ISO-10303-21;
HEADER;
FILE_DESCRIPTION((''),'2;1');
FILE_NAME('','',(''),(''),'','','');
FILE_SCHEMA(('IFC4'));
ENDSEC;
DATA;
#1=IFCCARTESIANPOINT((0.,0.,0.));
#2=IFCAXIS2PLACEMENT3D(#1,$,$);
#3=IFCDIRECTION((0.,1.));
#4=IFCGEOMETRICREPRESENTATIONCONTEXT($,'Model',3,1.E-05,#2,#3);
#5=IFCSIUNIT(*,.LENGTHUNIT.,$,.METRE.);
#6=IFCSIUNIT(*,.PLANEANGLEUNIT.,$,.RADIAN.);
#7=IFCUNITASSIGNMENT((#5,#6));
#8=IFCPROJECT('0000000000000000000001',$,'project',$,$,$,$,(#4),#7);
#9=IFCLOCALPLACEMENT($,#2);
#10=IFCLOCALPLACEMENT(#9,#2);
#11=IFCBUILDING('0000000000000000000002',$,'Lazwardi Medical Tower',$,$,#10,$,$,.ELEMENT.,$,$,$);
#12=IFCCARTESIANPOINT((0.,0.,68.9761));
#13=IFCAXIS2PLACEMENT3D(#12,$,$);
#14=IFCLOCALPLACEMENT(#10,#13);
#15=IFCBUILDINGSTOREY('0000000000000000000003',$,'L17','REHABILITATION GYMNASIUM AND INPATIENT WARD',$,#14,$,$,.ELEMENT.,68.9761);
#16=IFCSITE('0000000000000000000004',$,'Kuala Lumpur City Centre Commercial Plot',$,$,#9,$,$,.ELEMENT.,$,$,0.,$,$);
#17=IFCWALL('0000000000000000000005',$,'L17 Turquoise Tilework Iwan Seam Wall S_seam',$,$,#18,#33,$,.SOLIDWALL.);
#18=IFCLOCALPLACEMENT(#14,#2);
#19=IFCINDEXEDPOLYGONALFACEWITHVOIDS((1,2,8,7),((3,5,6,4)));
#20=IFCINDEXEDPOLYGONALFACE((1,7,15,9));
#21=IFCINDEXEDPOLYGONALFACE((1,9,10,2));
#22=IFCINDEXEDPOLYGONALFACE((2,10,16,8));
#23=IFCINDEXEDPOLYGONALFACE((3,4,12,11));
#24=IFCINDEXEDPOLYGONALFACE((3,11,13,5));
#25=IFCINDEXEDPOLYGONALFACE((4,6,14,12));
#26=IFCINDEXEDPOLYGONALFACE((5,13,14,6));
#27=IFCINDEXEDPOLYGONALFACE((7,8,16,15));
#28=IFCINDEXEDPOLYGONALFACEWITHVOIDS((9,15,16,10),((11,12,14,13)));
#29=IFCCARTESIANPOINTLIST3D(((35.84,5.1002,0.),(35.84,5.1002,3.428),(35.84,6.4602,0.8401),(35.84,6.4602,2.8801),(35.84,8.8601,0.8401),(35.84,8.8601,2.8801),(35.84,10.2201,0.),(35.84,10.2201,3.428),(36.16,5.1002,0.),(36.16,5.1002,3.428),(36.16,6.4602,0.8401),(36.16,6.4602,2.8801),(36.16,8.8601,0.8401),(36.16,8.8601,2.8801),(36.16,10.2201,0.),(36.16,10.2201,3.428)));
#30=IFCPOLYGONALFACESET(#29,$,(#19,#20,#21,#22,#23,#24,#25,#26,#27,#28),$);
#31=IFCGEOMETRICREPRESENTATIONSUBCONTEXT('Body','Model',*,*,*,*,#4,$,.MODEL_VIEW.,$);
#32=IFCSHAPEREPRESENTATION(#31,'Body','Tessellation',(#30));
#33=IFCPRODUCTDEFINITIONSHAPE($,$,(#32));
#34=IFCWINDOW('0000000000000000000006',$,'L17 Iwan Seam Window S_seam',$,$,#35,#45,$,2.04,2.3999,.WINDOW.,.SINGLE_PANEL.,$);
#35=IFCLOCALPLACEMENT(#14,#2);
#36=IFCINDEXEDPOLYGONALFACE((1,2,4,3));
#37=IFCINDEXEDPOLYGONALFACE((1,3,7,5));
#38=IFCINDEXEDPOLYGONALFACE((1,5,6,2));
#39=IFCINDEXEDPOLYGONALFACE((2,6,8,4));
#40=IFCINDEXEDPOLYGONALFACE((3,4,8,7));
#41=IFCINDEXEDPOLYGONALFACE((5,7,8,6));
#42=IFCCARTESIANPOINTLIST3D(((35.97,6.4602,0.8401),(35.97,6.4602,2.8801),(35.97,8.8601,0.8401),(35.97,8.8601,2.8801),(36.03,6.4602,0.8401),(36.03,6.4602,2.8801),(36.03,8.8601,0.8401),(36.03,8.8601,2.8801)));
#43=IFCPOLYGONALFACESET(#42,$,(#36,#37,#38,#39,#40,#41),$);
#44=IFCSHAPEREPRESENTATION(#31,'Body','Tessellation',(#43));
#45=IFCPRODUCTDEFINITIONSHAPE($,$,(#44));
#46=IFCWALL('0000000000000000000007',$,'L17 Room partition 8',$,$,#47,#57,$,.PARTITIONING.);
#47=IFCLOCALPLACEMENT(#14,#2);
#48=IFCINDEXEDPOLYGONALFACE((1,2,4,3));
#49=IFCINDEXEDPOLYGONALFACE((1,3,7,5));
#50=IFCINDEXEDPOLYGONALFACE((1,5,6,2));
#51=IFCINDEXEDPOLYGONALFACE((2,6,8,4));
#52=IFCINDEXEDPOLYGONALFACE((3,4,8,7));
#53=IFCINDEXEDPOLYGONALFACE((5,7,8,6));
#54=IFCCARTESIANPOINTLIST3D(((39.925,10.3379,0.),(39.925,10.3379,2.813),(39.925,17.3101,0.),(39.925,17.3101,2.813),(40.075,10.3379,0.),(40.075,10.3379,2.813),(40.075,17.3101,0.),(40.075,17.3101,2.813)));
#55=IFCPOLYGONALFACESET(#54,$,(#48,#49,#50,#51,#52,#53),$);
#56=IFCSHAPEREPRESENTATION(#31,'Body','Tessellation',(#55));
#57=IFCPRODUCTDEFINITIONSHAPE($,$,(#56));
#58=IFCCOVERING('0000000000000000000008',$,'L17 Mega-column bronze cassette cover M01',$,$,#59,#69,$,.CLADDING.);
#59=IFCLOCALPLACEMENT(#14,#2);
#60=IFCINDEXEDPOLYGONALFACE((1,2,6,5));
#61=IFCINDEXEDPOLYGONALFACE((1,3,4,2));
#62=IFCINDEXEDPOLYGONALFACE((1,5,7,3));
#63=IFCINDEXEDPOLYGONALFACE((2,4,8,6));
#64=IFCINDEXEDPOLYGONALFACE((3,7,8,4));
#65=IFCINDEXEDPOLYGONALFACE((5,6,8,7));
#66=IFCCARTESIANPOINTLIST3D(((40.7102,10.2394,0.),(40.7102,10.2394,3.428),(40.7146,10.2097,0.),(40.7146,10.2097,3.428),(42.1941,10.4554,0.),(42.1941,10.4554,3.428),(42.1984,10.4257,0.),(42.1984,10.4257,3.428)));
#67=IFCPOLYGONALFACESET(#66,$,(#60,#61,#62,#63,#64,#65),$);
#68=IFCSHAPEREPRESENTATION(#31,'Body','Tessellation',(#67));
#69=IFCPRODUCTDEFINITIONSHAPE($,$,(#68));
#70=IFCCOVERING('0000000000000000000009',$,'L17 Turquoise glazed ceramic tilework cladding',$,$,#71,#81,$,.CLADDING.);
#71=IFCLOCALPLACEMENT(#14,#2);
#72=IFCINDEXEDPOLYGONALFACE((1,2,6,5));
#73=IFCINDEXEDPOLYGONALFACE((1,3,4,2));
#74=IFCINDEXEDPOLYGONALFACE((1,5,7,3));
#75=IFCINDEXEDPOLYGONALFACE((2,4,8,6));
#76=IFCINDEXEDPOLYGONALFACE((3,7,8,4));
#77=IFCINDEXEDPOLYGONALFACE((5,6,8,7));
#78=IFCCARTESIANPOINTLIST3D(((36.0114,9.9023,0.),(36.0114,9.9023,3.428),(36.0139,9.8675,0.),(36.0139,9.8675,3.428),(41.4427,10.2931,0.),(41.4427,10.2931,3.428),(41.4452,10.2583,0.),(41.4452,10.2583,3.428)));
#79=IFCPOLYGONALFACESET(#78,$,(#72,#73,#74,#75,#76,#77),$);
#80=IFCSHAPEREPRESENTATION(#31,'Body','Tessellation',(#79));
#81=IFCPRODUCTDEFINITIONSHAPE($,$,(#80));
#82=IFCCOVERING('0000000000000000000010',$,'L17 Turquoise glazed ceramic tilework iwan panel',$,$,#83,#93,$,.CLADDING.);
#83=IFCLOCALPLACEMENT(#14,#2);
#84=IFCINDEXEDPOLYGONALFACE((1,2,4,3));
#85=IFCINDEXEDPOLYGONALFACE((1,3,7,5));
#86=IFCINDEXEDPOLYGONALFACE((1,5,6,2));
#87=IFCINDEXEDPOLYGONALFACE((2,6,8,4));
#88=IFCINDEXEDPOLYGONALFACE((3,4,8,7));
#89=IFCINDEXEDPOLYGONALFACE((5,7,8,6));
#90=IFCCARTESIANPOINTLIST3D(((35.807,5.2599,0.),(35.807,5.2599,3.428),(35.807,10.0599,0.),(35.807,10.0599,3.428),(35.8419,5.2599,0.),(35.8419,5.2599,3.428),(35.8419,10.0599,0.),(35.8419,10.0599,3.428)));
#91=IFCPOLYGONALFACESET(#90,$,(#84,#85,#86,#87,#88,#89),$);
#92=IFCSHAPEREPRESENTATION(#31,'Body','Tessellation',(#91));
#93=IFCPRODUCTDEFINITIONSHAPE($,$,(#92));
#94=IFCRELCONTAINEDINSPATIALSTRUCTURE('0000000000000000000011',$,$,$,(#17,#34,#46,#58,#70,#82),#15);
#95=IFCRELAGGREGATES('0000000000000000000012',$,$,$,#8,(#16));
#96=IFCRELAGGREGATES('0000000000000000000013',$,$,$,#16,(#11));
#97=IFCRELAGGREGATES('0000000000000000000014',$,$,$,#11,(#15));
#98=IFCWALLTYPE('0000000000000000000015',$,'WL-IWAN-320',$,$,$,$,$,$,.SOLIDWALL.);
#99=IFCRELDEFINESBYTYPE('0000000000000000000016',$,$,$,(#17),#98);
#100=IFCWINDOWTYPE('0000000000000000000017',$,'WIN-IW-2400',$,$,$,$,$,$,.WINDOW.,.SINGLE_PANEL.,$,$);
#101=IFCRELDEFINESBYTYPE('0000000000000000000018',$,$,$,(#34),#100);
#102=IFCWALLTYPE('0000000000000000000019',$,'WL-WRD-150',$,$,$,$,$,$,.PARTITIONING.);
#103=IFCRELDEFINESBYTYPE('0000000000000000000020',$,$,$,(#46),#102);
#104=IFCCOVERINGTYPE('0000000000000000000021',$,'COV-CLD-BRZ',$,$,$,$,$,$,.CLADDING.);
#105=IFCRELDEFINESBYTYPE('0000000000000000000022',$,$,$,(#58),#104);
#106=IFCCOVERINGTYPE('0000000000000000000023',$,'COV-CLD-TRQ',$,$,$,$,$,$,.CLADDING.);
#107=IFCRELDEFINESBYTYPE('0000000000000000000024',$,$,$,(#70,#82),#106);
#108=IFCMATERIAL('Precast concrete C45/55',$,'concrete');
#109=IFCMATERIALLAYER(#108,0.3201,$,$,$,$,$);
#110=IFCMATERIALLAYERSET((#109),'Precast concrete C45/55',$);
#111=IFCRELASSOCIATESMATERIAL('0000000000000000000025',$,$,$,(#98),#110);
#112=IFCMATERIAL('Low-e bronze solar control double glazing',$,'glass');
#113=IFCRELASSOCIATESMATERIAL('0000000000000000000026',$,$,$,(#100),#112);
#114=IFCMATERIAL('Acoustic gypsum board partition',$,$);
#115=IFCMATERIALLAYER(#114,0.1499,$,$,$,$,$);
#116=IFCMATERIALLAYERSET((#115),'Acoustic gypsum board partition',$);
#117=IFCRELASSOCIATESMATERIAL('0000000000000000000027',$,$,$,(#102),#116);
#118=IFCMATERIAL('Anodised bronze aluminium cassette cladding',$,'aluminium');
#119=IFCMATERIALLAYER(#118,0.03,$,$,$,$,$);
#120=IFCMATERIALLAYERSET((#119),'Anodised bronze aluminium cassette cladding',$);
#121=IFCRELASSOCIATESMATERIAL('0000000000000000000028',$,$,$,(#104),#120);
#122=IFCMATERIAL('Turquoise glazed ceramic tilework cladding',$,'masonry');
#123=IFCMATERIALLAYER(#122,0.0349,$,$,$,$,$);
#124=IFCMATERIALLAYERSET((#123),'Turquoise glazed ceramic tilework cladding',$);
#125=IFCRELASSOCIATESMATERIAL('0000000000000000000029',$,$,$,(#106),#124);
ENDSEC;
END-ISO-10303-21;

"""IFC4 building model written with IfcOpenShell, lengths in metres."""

from ifc_helpers import new_model, si_unit, direction, frame, frame_2d, origin, origin_2d, place, context, subcontext, project, spatial, rectangle, extrude, material, layer, layer_set, type_object, element, fill, save


model = new_model("IFC4")

# Units and contexts
model_context = context("Model", 3, precision=1e-05, world=origin(), true_north=direction((0.0, 1.0)))
body_context = subcontext(model_context, "Body", "Model", "MODEL_VIEW")
ifc_project = project(units=[si_unit("LENGTHUNIT", "METRE"), si_unit("PLANEANGLEUNIT", "RADIAN")], contexts=[model_context])

# Site, building, storey
site_placement = place(None, origin())
site = spatial("IfcSite", under=ifc_project, at=site_placement, Name="Kuala Lumpur City Centre Commercial Plot", CompositionType="ELEMENT", RefElevation=0.0)
building_placement = place(site_placement, origin())
building = spatial("IfcBuilding", under=site, at=building_placement, Name="Lazwardi Medical Tower", CompositionType="ELEMENT")
storey_placement = place(building_placement, frame((0.0, 0.0, 68.9761)))
storey = spatial("IfcBuildingStorey", under=building, at=storey_placement, Name="L17", Description="REHABILITATION GYMNASIUM AND INPATIENT WARD", CompositionType="ELEMENT", Elevation=68.9761)

# Shared definitions
ifc_material_1 = material(Name="Low-e bronze solar control double glazing", Category="glass")

# Wall, opening, window
ifc_material_2 = material(Name="Precast concrete C45/55", Category="concrete")
ifc_layer_1 = layer(ifc_material_2, 0.3201)
ifc_layer_set_1 = layer_set([ifc_layer_1], Name="Precast concrete C45/55")
wall_type_1 = type_object("IfcWallType", Name="WL-IWAN-320", PredefinedType="SOLIDWALL", material=ifc_layer_set_1)
wall_1_placement = place(storey_placement, frame((36.0, 5.1001, 0.0), z_axis=(0.0, 0.0, 1.0), x_axis=(0.0, 1.0, 0.0)))
wall_1 = element("IfcWall", 1, at=wall_1_placement, inside=storey, type_object=wall_type_1, Name="L17 Turquoise Tilework Iwan Seam Wall S_seam", PredefinedType="SOLIDWALL", context=body_context, shape_type="SweptSolid", body=[
    extrude(rectangle(XDim=5.1199, YDim=0.3201, at=frame_2d((2.5601, 0.0))), origin(), (0.0, 0.0, 1.0), 3.428),
])
opening_1_placement = place(wall_1_placement, frame((1.3601, 0.0, 0.8401)))
opening_1 = element("IfcOpeningElement", 2, at=opening_1_placement, cuts=wall_1, PredefinedType="OPENING", context=body_context, shape_type="SweptSolid", body=[
    extrude(rectangle(XDim=2.3999, YDim=2.04, at=frame_2d((1.2, 1.02))), frame((0.0, 0.1699, 0.0), z_axis=(0.0, -1.0, 0.0), x_axis=(1.0, 0.0, 0.0)), (0.0, 0.0, 1.0), 0.3401),
])
window_type_1 = type_object("IfcWindowType", Name="WIN-IW-2400", PartitioningType="SINGLE_PANEL", PredefinedType="WINDOW", material=ifc_material_1)
window_1_placement = place(opening_1_placement, origin())
window_1 = element("IfcWindow", 3, at=window_1_placement, inside=storey, type_object=window_type_1, Name="L17 Iwan Seam Window S_seam", OverallHeight=2.04, OverallWidth=2.3999, PartitioningType="SINGLE_PANEL", PredefinedType="WINDOW", context=body_context, shape_type="SweptSolid", body=[
    extrude(rectangle(XDim=2.3999, YDim=2.04, at=frame_2d((1.2, 1.02))), frame((0.0, 0.03, 0.0), z_axis=(0.0, -1.0, 0.0), x_axis=(1.0, 0.0, 0.0)), (0.0, 0.0, 1.0), 0.0601),
])
fill(opening_1, window_1)

# Wall
ifc_material_3 = material(Name="Acoustic gypsum board partition")
ifc_layer_2 = layer(ifc_material_3, 0.1499)
ifc_layer_set_2 = layer_set([ifc_layer_2], Name="Acoustic gypsum board partition")
wall_type_2 = type_object("IfcWallType", Name="WL-WRD-150", PredefinedType="PARTITIONING", material=ifc_layer_set_2)
wall_2_placement = place(storey_placement, frame((40.0, 10.3379, 0.0), z_axis=(0.0, 0.0, 1.0), x_axis=(0.0, 1.0, 0.0)))
element("IfcWall", 4, at=wall_2_placement, inside=storey, type_object=wall_type_2, Name="L17 Room partition 8", PredefinedType="PARTITIONING", context=body_context, shape_type="SweptSolid", body=[
    extrude(rectangle(XDim=6.9722, YDim=0.1499, at=frame_2d((3.4861, 0.0))), origin(), (0.0, 0.0, 1.0), 2.813),
])

# Coverings
ifc_material_4 = material(Name="Anodised bronze aluminium cassette cladding", Category="aluminium")
ifc_layer_3 = layer(ifc_material_4, 0.03)
ifc_layer_set_3 = layer_set([ifc_layer_3], Name="Anodised bronze aluminium cassette cladding")
covering_type_1 = type_object("IfcCoveringType", Name="COV-CLD-BRZ", PredefinedType="CLADDING", material=ifc_layer_set_3)
covering_1_placement = place(storey_placement, frame((41.4543, 10.3325, 0.0), z_axis=(0.0, 0.0, 1.0), x_axis=(0.989573, 0.144035, 0.0)))
element("IfcCovering", 5, at=covering_1_placement, inside=storey, type_object=covering_type_1, Name="L17 Mega-column bronze cassette cover M01", PredefinedType="CLADDING", context=body_context, shape_type="SweptSolid", body=[
    extrude(rectangle(XDim=1.4995, YDim=0.03, at=origin_2d()), origin(), (0.0, 0.0, 1.0), 3.428),
])
ifc_material_5 = material(Name="Turquoise glazed ceramic tilework cladding", Category="masonry")
ifc_layer_4 = layer(ifc_material_5, 0.0349)
ifc_layer_set_4 = layer_set([ifc_layer_4], Name="Turquoise glazed ceramic tilework cladding")
covering_type_2 = type_object("IfcCoveringType", Name="COV-CLD-TRQ", PredefinedType="CLADDING", material=ifc_layer_set_4)
covering_2_placement = place(storey_placement, frame((38.7283, 10.0803, 0.0), z_axis=(0.0, 0.0, 1.0), x_axis=(0.997421, 0.071767, 0.0)))
element("IfcCovering", 6, at=covering_2_placement, inside=storey, type_object=covering_type_2, Name="L17 Turquoise glazed ceramic tilework cladding", PredefinedType="CLADDING", context=body_context, shape_type="SweptSolid", body=[
    extrude(rectangle(XDim=5.4453, YDim=0.0349, at=origin_2d()), origin(), (0.0, 0.0, 1.0), 3.428),
])
covering_3_placement = place(storey_placement, frame((35.8245, 7.6599, 0.0), z_axis=(0.0, 0.0, 1.0), x_axis=(0.0, 1.0, 0.0)))
element("IfcCovering", 7, at=covering_3_placement, inside=storey, type_object=covering_type_2, Name="L17 Turquoise glazed ceramic tilework iwan panel", PredefinedType="CLADDING", context=body_context, shape_type="SweptSolid", body=[
    extrude(rectangle(XDim=4.8, YDim=0.0349, at=origin_2d()), origin(), (0.0, 0.0, 1.0), 3.428),
])

save(model, "model.ifc")
